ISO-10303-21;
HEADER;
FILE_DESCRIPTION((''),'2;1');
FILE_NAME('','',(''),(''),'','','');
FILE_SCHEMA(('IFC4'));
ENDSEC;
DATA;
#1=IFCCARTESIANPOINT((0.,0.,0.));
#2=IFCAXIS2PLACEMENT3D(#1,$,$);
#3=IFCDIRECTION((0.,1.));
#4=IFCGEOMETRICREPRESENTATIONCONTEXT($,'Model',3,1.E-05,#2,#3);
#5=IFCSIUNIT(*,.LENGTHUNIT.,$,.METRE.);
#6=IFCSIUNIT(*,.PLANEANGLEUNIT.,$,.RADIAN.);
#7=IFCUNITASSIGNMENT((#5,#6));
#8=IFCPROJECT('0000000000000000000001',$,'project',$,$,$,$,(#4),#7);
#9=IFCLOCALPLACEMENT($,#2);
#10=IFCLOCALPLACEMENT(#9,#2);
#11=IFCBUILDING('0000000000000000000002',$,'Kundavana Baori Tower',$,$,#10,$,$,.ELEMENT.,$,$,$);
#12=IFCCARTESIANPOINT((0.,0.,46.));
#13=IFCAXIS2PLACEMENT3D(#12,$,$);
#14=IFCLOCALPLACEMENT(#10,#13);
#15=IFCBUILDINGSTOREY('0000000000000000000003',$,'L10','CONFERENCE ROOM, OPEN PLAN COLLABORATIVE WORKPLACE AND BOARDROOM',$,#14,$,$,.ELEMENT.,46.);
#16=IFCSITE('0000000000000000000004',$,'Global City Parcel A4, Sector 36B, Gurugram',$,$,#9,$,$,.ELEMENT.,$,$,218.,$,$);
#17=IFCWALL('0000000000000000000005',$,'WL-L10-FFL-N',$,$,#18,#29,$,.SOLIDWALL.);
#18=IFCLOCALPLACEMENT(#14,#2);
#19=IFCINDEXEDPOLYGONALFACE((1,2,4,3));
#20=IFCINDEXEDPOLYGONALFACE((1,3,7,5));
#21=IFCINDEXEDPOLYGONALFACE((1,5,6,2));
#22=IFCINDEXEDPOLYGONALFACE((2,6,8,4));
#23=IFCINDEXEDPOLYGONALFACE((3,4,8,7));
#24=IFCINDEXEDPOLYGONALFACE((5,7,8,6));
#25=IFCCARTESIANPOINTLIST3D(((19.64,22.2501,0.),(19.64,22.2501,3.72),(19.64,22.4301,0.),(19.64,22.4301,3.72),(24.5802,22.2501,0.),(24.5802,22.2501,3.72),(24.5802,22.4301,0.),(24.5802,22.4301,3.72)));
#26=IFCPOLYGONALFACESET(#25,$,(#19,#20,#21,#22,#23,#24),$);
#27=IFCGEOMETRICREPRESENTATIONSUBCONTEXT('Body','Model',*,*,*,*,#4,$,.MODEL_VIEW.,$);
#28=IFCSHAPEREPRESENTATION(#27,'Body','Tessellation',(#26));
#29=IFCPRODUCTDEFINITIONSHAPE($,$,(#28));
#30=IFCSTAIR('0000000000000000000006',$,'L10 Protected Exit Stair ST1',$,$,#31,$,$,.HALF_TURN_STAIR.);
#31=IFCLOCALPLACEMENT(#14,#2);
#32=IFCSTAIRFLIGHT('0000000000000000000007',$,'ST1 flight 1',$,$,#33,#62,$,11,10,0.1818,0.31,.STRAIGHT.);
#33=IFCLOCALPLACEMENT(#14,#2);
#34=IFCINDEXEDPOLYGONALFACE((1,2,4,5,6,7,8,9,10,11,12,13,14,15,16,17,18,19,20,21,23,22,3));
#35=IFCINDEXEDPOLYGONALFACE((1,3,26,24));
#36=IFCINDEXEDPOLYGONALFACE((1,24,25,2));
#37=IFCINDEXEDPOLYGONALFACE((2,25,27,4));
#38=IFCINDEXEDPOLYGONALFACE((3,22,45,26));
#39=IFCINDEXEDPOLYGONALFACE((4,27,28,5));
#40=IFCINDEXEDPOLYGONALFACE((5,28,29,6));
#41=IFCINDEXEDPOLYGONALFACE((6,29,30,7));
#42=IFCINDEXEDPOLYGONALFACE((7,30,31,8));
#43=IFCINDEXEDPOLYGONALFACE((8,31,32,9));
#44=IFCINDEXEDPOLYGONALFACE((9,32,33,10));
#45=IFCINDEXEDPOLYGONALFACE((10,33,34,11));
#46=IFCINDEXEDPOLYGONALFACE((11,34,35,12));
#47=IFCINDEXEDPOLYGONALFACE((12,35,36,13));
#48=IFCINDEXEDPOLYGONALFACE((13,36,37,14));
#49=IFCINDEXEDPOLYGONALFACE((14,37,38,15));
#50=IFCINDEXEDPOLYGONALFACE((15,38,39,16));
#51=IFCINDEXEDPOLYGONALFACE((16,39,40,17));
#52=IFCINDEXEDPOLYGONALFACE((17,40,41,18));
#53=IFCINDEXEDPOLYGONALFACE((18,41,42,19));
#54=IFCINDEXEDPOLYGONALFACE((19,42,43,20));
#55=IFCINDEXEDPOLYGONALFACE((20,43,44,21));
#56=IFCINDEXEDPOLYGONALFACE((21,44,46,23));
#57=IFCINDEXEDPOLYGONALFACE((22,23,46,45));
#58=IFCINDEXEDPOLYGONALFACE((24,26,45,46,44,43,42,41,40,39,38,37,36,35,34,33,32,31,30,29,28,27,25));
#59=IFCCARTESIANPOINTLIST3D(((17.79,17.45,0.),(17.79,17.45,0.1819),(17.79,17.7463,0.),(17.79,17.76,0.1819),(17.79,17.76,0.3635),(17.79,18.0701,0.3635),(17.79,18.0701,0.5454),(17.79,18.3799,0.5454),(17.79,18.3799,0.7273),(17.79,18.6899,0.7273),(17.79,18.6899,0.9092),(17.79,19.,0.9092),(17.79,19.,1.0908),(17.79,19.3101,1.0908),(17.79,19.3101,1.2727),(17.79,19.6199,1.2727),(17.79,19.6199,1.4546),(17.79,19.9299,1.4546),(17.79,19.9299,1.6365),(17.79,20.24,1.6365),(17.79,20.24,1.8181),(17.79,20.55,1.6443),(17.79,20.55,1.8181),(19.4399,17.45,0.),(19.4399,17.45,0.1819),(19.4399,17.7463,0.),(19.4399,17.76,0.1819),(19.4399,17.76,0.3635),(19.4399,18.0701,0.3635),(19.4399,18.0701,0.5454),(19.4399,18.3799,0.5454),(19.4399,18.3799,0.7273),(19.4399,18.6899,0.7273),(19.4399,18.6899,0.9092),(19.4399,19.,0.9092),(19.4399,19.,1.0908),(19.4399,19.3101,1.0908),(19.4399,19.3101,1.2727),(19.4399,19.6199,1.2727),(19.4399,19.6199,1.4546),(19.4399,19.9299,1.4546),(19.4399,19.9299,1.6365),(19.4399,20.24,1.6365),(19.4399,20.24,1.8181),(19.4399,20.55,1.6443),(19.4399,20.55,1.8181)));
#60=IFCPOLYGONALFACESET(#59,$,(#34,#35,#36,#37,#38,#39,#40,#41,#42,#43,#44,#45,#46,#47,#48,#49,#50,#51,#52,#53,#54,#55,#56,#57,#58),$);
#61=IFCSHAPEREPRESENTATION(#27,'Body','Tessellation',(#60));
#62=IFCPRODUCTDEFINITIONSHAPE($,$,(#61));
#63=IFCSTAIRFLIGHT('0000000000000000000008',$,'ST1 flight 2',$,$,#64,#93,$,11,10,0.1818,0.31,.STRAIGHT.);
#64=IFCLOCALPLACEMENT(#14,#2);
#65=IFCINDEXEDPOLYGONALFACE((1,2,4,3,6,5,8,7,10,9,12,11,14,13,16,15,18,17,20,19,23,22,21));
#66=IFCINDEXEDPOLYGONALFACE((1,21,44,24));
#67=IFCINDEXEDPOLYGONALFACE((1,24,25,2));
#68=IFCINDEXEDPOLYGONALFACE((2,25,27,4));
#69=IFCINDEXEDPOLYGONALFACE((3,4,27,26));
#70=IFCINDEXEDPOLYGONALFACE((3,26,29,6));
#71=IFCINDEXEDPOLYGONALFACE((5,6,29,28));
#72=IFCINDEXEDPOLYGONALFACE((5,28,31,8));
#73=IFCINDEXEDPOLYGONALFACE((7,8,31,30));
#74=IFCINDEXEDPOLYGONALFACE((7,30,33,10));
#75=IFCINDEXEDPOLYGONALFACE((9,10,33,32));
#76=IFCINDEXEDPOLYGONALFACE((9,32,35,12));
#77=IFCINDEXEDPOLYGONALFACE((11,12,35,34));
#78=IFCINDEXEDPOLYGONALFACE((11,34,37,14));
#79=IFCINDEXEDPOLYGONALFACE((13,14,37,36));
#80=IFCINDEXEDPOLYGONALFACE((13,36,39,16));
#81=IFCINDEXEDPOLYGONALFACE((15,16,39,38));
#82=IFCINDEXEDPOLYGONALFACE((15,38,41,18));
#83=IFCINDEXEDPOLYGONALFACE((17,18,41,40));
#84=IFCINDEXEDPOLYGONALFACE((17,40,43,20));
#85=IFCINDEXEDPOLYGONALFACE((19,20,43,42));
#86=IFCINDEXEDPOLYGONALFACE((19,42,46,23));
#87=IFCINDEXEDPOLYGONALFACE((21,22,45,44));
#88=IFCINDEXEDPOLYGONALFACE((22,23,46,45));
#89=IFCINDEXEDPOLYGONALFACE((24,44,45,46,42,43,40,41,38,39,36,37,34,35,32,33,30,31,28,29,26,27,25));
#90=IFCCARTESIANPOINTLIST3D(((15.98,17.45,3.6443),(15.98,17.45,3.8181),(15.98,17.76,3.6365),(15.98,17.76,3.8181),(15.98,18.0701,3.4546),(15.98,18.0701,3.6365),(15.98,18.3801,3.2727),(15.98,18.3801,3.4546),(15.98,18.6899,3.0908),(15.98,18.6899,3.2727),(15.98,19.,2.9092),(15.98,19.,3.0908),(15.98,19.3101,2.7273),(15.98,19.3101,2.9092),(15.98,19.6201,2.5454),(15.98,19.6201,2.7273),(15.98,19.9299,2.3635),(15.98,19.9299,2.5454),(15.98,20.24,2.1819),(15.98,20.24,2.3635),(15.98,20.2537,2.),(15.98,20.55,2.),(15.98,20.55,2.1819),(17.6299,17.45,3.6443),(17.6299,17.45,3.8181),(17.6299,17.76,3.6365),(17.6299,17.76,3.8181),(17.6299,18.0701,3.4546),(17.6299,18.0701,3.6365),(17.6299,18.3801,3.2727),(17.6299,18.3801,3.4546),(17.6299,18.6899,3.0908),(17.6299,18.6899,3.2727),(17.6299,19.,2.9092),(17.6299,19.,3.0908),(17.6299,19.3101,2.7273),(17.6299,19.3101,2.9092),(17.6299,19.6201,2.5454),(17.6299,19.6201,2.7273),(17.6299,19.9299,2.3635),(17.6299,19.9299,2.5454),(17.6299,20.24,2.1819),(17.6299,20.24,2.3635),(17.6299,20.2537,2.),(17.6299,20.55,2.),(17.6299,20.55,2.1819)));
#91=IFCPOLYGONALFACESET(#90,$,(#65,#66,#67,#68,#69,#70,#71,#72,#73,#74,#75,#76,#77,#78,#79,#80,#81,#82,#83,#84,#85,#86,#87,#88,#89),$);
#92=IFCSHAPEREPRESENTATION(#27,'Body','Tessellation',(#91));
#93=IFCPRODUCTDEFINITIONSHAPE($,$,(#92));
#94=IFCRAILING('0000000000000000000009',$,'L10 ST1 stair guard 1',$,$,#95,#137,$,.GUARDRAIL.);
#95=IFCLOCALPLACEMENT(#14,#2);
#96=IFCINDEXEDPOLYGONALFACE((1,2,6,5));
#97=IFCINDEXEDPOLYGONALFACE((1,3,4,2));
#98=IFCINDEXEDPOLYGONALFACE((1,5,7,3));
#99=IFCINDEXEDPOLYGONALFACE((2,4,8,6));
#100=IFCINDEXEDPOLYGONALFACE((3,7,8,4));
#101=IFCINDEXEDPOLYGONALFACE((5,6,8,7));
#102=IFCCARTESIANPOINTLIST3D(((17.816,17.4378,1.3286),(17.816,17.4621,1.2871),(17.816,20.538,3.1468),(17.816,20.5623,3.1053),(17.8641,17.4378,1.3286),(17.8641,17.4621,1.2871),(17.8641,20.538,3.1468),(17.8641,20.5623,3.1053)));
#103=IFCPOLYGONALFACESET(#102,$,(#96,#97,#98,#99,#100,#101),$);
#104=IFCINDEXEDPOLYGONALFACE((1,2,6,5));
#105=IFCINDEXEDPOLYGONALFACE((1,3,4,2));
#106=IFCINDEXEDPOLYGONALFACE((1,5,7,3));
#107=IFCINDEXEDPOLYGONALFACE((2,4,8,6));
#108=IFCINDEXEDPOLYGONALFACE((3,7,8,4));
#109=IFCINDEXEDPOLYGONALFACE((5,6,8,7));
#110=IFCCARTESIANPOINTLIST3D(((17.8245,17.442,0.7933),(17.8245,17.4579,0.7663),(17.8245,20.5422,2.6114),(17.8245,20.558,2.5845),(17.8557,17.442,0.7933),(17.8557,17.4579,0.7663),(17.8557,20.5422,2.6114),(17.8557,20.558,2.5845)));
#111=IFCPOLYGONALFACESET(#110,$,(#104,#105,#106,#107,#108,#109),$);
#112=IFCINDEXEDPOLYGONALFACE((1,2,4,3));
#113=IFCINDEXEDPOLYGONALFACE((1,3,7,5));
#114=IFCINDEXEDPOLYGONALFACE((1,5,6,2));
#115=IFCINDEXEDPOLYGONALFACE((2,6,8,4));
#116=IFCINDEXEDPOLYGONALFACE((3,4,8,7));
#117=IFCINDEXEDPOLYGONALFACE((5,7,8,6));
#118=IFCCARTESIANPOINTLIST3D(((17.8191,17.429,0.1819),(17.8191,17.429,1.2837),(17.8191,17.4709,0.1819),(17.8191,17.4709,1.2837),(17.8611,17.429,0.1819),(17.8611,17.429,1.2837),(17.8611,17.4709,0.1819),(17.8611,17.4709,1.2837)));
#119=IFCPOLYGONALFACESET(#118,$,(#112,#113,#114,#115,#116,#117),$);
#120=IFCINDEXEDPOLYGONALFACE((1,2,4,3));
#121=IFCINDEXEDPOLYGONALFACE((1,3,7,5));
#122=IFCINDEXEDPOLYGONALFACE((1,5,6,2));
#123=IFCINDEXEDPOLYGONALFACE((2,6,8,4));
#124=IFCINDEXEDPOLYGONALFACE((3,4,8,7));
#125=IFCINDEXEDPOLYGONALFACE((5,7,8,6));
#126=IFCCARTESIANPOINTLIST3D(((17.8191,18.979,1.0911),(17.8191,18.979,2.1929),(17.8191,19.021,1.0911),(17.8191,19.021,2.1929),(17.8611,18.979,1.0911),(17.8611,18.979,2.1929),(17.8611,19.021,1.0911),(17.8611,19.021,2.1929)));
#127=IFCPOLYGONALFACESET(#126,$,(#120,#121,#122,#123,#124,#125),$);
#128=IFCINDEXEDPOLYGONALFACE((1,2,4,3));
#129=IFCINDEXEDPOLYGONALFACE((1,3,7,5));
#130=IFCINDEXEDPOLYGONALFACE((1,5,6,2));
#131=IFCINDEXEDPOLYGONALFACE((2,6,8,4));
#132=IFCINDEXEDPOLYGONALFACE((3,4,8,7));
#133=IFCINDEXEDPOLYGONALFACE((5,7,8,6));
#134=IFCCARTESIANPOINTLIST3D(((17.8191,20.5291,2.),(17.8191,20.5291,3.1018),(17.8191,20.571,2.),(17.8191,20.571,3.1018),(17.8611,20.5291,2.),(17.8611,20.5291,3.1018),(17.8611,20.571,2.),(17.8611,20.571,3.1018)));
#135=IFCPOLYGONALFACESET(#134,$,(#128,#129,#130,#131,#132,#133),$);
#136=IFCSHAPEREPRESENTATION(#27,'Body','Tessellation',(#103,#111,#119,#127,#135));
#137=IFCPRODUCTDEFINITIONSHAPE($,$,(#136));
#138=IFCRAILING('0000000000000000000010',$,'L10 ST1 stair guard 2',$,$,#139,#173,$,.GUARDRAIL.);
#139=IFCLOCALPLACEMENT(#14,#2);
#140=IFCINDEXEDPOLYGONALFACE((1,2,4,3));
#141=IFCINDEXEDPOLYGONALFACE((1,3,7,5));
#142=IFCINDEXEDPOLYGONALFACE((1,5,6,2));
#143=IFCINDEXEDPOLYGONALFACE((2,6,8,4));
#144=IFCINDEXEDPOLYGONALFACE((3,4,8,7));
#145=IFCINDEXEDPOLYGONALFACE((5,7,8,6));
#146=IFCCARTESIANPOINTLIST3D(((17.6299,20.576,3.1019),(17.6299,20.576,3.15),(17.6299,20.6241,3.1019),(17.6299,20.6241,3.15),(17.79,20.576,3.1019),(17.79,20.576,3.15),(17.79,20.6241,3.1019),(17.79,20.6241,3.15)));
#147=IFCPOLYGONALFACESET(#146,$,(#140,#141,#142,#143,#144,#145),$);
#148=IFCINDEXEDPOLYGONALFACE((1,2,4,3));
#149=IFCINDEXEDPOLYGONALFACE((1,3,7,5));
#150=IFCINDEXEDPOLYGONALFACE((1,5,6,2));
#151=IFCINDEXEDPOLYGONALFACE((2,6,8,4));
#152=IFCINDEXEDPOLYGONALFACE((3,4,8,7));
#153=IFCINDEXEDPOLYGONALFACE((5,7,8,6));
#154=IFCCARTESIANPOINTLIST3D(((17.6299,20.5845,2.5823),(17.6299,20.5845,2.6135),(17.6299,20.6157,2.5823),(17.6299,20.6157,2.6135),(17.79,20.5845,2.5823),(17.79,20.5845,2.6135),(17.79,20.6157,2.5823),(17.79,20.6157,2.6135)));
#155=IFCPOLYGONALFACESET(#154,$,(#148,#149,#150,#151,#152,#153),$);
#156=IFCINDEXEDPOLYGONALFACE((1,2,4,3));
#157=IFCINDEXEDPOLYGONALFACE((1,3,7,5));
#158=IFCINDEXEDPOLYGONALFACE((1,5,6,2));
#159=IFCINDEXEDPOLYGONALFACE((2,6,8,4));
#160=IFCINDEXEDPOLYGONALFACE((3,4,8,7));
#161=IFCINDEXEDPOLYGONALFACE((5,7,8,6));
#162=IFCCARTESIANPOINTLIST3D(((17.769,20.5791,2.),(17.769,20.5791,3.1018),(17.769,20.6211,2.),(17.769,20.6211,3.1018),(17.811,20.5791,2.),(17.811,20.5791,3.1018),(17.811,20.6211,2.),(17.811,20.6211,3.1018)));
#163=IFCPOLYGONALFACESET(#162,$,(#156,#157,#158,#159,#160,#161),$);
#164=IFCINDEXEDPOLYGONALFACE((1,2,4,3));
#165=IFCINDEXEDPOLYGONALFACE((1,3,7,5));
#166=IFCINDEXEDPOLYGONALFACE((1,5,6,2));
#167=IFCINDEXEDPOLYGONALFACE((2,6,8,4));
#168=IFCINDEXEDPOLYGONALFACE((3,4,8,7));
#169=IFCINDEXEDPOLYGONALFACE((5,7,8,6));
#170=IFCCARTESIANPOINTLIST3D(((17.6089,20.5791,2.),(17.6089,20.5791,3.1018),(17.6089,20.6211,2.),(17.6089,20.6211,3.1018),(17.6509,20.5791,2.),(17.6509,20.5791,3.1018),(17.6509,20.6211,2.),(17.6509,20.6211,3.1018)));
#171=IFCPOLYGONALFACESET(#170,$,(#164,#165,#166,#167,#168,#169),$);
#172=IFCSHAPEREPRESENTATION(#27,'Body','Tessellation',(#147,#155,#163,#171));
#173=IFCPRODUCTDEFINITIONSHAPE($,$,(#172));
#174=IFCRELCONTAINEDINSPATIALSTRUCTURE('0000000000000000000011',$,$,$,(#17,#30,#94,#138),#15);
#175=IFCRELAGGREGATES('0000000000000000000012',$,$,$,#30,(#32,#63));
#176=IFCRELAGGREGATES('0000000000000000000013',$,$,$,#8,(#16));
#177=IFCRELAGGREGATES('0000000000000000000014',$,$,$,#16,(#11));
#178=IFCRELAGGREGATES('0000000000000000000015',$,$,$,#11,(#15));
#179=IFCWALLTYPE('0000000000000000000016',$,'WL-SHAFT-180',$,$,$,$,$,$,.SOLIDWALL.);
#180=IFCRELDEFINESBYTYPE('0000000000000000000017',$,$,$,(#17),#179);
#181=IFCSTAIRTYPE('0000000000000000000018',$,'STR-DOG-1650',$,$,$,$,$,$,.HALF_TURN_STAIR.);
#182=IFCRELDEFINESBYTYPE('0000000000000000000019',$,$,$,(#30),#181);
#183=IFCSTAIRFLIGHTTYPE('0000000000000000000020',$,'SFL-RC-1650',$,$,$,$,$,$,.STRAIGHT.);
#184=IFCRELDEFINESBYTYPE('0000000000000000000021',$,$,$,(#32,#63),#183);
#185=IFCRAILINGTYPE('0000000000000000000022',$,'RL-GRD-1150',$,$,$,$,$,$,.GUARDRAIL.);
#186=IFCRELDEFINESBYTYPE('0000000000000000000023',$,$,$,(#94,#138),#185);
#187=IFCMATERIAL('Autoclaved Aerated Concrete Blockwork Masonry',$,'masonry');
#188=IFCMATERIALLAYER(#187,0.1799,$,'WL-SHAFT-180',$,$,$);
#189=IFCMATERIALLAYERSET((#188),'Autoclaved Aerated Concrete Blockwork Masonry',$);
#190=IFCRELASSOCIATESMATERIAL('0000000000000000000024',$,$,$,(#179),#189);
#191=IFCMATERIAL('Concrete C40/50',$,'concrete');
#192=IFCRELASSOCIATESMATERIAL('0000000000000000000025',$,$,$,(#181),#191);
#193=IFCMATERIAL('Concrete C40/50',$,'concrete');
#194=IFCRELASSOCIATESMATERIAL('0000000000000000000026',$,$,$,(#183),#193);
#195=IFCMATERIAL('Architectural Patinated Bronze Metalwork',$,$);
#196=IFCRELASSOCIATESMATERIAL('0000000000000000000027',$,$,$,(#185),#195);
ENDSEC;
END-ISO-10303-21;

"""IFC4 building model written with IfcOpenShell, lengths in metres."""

from ifc_helpers import new_model, si_unit, direction, frame, frame_2d, origin, origin_2d, place, context, subcontext, project, spatial, polyline, rectangle, outline, extrude, material, layer, layer_set, type_object, element, aggregate, save


model = new_model("IFC4")

# Units and contexts
model_context = context("Model", 3, precision=1e-05, world=origin(), true_north=direction((0.0, 1.0)))
body_context = subcontext(model_context, "Body", "Model", "MODEL_VIEW")
ifc_project = project(units=[si_unit("LENGTHUNIT", "METRE"), si_unit("PLANEANGLEUNIT", "RADIAN")], contexts=[model_context])

# Site, building, storey
site_placement = place(None, origin())
site = spatial("IfcSite", under=ifc_project, at=site_placement, Name="Global City Parcel A4, Sector 36B, Gurugram", CompositionType="ELEMENT", RefElevation=218.0)
building_placement = place(site_placement, origin())
building = spatial("IfcBuilding", under=site, at=building_placement, Name="Kundavana Baori Tower", CompositionType="ELEMENT")
storey_placement = place(building_placement, frame((0.0, 0.0, 46.0)))
storey = spatial("IfcBuildingStorey", under=building, at=storey_placement, Name="L10", Description="CONFERENCE ROOM, OPEN PLAN COLLABORATIVE WORKPLACE AND BOARDROOM", CompositionType="ELEMENT", Elevation=46.0)

# Shared definitions
ifc_material_1 = material(Name="Autoclaved Aerated Concrete Blockwork Masonry", Category="masonry")
ifc_layer_1 = layer(ifc_material_1, 0.1799, Name="WL-SHAFT-180")
ifc_layer_set_1 = layer_set([ifc_layer_1], Name="Autoclaved Aerated Concrete Blockwork Masonry")
wall_type_1 = type_object("IfcWallType", Name="WL-SHAFT-180", PredefinedType="SOLIDWALL", material=ifc_layer_set_1)

# Wall
wall_1_placement = place(storey_placement, frame((19.6399, 22.3401, 0.0), z_axis=(0.0, 0.0, 1.0), x_axis=(1.0, 0.0, 0.0)))
element("IfcWall", 1, at=wall_1_placement, inside=storey, type_object=wall_type_1, Name="WL-L10-FFL-N", PredefinedType="SOLIDWALL", context=body_context, shape_type="SweptSolid", body=[
    extrude(rectangle(XDim=4.9402, YDim=0.1799, at=frame_2d((2.4702, 0.0))), origin(), (0.0, 0.0, 1.0), 3.72),
])

# Stair, stair flights
ifc_material_2 = material(Name="Concrete C40/50", Category="concrete")
stair_type = type_object("IfcStairType", Name="STR-DOG-1650", PredefinedType="HALF_TURN_STAIR", material=ifc_material_2)
stair_placement = place(storey_placement, origin())
stair = element("IfcStair", 2, at=stair_placement, inside=storey, type_object=stair_type, Name="L10 Protected Exit Stair ST1", PredefinedType="HALF_TURN_STAIR")
ifc_material_3 = material(Name="Concrete C40/50", Category="concrete")
stair_flight_type = type_object("IfcStairFlightType", Name="SFL-RC-1650", PredefinedType="STRAIGHT", material=ifc_material_3)
stair_flight_1_placement = place(storey_placement, frame((18.615, 17.45, 0.0), z_axis=(0.0, 0.0, 1.0), x_axis=(0.0, 1.0, 0.0)))
stair_flight_1 = element("IfcStairFlight", 3, at=stair_flight_1_placement, type_object=stair_flight_type, Name="ST1 flight 1", NumberOfRisers=11, NumberOfTreads=10, PredefinedType="STRAIGHT", RiserHeight=0.1818, TreadLength=0.31, context=body_context, shape_type="SweptSolid", body=[
    extrude(outline(polyline([(0.0, 0.0), (0.0, 0.1819), (0.3101, 0.1819), (0.3101, 0.3635), (0.6201, 0.3635), (0.6201, 0.5454), (0.9299, 0.5454), (0.9299, 0.7273), (1.24, 0.7273), (1.24, 0.9092), (1.55, 0.9092), (1.55, 1.0908), (1.8601, 1.0908), (1.8601, 1.2727), (2.1699, 1.2727), (2.1699, 1.4546), (2.48, 1.4546), (2.48, 1.6365), (2.79, 1.6365), (2.79, 1.8181), (3.1001, 1.8181), (3.1001, 2.0), (3.1001, 1.6443), (0.2964, 0.0), (0.0, 0.0)])), frame((0.0, 0.825, 0.0), z_axis=(0.0, -1.0, 0.0), x_axis=(1.0, 0.0, 0.0)), (0.0, 0.0, 1.0), 1.6499),
])
stair_flight_2_placement = place(storey_placement, frame((16.8049, 20.55, 2.0), z_axis=(0.0, 0.0, 1.0), x_axis=(0.0, -1.0, 0.0)))
stair_flight_2 = element("IfcStairFlight", 4, at=stair_flight_2_placement, type_object=stair_flight_type, Name="ST1 flight 2", NumberOfRisers=11, NumberOfTreads=10, PredefinedType="STRAIGHT", RiserHeight=0.1818, TreadLength=0.31, context=body_context, shape_type="SweptSolid", body=[
    extrude(outline(polyline([(0.0, 0.0), (0.0, 0.1819), (0.3101, 0.1819), (0.3101, 0.3635), (0.6201, 0.3635), (0.6201, 0.5454), (0.9299, 0.5454), (0.9299, 0.7273), (1.24, 0.7273), (1.24, 0.9092), (1.55, 0.9092), (1.55, 1.0908), (1.8601, 1.0908), (1.8601, 1.2727), (2.1699, 1.2727), (2.1699, 1.4546), (2.48, 1.4546), (2.48, 1.6365), (2.79, 1.6365), (2.79, 1.8181), (3.1001, 1.8181), (3.1001, 2.0), (3.1001, 1.6443), (0.2964, 0.0), (0.0, 0.0)])), frame((0.0, 0.825, 0.0), z_axis=(0.0, -1.0, 0.0), x_axis=(1.0, 0.0, 0.0)), (0.0, 0.0, 1.0), 1.6499),
])
aggregate(stair, [stair_flight_1, stair_flight_2])

# Railings
ifc_material_4 = material(Name="Architectural Patinated Bronze Metalwork")
railing_type_1 = type_object("IfcRailingType", Name="RL-GRD-1150", PredefinedType="GUARDRAIL", material=ifc_material_4)
railing_1_placement = place(storey_placement, frame((17.8401, 17.45, 0.1819)))
element("IfcRailing", 5, at=railing_1_placement, inside=storey, type_object=railing_type_1, Name="L10 ST1 stair guard 1", PredefinedType="GUARDRAIL", context=body_context, shape_type="SweptSolid", body=[
    extrude(rectangle(XDim=0.0481, YDim=0.0481, at=origin_2d()), frame((0.0, 0.0, 1.126), z_axis=(0.0, 0.862599, 0.505889), x_axis=(-1.0, 0.0, 0.0)), (0.0, 0.0, 1.0), 3.594),
    extrude(rectangle(XDim=0.0312, YDim=0.0312, at=origin_2d()), frame((0.0, 0.0, 0.5979), z_axis=(0.0, 0.862599, 0.505889), x_axis=(-1.0, 0.0, 0.0)), (0.0, 0.0, 1.0), 3.594),
    extrude(rectangle(XDim=0.042, YDim=0.042, at=origin_2d()), origin(), (0.0, 0.0, 1.0), 1.1018),
    extrude(rectangle(XDim=0.042, YDim=0.042, at=origin_2d()), frame((0.0, 1.55, 0.9092)), (0.0, 0.0, 1.0), 1.1018),
    extrude(rectangle(XDim=0.042, YDim=0.042, at=origin_2d()), frame((0.0, 3.1001, 1.8181)), (0.0, 0.0, 1.0), 1.1018),
])
railing_2_placement = place(storey_placement, frame((17.79, 20.6001, 2.0)))
element("IfcRailing", 6, at=railing_2_placement, inside=storey, type_object=railing_type_1, Name="L10 ST1 stair guard 2", PredefinedType="GUARDRAIL", context=body_context, shape_type="SweptSolid", body=[
    extrude(rectangle(XDim=0.0481, YDim=0.0481, at=origin_2d()), frame((0.0, 0.0, 1.126), z_axis=(-1.0, 0.0, 0.0), x_axis=(0.0, -1.0, 0.0)), (0.0, 0.0, 1.0), 0.1602),
    extrude(rectangle(XDim=0.0312, YDim=0.0312, at=origin_2d()), frame((0.0, 0.0, 0.5979), z_axis=(-1.0, 0.0, 0.0), x_axis=(0.0, -1.0, 0.0)), (0.0, 0.0, 1.0), 0.1602),
    extrude(rectangle(XDim=0.042, YDim=0.042, at=origin_2d()), origin(), (0.0, 0.0, 1.0), 1.1018),
    extrude(rectangle(XDim=0.042, YDim=0.042, at=origin_2d()), frame((-0.1602, 0.0, 0.0)), (0.0, 0.0, 1.0), 1.1018),
])

save(model, "model.ifc")
